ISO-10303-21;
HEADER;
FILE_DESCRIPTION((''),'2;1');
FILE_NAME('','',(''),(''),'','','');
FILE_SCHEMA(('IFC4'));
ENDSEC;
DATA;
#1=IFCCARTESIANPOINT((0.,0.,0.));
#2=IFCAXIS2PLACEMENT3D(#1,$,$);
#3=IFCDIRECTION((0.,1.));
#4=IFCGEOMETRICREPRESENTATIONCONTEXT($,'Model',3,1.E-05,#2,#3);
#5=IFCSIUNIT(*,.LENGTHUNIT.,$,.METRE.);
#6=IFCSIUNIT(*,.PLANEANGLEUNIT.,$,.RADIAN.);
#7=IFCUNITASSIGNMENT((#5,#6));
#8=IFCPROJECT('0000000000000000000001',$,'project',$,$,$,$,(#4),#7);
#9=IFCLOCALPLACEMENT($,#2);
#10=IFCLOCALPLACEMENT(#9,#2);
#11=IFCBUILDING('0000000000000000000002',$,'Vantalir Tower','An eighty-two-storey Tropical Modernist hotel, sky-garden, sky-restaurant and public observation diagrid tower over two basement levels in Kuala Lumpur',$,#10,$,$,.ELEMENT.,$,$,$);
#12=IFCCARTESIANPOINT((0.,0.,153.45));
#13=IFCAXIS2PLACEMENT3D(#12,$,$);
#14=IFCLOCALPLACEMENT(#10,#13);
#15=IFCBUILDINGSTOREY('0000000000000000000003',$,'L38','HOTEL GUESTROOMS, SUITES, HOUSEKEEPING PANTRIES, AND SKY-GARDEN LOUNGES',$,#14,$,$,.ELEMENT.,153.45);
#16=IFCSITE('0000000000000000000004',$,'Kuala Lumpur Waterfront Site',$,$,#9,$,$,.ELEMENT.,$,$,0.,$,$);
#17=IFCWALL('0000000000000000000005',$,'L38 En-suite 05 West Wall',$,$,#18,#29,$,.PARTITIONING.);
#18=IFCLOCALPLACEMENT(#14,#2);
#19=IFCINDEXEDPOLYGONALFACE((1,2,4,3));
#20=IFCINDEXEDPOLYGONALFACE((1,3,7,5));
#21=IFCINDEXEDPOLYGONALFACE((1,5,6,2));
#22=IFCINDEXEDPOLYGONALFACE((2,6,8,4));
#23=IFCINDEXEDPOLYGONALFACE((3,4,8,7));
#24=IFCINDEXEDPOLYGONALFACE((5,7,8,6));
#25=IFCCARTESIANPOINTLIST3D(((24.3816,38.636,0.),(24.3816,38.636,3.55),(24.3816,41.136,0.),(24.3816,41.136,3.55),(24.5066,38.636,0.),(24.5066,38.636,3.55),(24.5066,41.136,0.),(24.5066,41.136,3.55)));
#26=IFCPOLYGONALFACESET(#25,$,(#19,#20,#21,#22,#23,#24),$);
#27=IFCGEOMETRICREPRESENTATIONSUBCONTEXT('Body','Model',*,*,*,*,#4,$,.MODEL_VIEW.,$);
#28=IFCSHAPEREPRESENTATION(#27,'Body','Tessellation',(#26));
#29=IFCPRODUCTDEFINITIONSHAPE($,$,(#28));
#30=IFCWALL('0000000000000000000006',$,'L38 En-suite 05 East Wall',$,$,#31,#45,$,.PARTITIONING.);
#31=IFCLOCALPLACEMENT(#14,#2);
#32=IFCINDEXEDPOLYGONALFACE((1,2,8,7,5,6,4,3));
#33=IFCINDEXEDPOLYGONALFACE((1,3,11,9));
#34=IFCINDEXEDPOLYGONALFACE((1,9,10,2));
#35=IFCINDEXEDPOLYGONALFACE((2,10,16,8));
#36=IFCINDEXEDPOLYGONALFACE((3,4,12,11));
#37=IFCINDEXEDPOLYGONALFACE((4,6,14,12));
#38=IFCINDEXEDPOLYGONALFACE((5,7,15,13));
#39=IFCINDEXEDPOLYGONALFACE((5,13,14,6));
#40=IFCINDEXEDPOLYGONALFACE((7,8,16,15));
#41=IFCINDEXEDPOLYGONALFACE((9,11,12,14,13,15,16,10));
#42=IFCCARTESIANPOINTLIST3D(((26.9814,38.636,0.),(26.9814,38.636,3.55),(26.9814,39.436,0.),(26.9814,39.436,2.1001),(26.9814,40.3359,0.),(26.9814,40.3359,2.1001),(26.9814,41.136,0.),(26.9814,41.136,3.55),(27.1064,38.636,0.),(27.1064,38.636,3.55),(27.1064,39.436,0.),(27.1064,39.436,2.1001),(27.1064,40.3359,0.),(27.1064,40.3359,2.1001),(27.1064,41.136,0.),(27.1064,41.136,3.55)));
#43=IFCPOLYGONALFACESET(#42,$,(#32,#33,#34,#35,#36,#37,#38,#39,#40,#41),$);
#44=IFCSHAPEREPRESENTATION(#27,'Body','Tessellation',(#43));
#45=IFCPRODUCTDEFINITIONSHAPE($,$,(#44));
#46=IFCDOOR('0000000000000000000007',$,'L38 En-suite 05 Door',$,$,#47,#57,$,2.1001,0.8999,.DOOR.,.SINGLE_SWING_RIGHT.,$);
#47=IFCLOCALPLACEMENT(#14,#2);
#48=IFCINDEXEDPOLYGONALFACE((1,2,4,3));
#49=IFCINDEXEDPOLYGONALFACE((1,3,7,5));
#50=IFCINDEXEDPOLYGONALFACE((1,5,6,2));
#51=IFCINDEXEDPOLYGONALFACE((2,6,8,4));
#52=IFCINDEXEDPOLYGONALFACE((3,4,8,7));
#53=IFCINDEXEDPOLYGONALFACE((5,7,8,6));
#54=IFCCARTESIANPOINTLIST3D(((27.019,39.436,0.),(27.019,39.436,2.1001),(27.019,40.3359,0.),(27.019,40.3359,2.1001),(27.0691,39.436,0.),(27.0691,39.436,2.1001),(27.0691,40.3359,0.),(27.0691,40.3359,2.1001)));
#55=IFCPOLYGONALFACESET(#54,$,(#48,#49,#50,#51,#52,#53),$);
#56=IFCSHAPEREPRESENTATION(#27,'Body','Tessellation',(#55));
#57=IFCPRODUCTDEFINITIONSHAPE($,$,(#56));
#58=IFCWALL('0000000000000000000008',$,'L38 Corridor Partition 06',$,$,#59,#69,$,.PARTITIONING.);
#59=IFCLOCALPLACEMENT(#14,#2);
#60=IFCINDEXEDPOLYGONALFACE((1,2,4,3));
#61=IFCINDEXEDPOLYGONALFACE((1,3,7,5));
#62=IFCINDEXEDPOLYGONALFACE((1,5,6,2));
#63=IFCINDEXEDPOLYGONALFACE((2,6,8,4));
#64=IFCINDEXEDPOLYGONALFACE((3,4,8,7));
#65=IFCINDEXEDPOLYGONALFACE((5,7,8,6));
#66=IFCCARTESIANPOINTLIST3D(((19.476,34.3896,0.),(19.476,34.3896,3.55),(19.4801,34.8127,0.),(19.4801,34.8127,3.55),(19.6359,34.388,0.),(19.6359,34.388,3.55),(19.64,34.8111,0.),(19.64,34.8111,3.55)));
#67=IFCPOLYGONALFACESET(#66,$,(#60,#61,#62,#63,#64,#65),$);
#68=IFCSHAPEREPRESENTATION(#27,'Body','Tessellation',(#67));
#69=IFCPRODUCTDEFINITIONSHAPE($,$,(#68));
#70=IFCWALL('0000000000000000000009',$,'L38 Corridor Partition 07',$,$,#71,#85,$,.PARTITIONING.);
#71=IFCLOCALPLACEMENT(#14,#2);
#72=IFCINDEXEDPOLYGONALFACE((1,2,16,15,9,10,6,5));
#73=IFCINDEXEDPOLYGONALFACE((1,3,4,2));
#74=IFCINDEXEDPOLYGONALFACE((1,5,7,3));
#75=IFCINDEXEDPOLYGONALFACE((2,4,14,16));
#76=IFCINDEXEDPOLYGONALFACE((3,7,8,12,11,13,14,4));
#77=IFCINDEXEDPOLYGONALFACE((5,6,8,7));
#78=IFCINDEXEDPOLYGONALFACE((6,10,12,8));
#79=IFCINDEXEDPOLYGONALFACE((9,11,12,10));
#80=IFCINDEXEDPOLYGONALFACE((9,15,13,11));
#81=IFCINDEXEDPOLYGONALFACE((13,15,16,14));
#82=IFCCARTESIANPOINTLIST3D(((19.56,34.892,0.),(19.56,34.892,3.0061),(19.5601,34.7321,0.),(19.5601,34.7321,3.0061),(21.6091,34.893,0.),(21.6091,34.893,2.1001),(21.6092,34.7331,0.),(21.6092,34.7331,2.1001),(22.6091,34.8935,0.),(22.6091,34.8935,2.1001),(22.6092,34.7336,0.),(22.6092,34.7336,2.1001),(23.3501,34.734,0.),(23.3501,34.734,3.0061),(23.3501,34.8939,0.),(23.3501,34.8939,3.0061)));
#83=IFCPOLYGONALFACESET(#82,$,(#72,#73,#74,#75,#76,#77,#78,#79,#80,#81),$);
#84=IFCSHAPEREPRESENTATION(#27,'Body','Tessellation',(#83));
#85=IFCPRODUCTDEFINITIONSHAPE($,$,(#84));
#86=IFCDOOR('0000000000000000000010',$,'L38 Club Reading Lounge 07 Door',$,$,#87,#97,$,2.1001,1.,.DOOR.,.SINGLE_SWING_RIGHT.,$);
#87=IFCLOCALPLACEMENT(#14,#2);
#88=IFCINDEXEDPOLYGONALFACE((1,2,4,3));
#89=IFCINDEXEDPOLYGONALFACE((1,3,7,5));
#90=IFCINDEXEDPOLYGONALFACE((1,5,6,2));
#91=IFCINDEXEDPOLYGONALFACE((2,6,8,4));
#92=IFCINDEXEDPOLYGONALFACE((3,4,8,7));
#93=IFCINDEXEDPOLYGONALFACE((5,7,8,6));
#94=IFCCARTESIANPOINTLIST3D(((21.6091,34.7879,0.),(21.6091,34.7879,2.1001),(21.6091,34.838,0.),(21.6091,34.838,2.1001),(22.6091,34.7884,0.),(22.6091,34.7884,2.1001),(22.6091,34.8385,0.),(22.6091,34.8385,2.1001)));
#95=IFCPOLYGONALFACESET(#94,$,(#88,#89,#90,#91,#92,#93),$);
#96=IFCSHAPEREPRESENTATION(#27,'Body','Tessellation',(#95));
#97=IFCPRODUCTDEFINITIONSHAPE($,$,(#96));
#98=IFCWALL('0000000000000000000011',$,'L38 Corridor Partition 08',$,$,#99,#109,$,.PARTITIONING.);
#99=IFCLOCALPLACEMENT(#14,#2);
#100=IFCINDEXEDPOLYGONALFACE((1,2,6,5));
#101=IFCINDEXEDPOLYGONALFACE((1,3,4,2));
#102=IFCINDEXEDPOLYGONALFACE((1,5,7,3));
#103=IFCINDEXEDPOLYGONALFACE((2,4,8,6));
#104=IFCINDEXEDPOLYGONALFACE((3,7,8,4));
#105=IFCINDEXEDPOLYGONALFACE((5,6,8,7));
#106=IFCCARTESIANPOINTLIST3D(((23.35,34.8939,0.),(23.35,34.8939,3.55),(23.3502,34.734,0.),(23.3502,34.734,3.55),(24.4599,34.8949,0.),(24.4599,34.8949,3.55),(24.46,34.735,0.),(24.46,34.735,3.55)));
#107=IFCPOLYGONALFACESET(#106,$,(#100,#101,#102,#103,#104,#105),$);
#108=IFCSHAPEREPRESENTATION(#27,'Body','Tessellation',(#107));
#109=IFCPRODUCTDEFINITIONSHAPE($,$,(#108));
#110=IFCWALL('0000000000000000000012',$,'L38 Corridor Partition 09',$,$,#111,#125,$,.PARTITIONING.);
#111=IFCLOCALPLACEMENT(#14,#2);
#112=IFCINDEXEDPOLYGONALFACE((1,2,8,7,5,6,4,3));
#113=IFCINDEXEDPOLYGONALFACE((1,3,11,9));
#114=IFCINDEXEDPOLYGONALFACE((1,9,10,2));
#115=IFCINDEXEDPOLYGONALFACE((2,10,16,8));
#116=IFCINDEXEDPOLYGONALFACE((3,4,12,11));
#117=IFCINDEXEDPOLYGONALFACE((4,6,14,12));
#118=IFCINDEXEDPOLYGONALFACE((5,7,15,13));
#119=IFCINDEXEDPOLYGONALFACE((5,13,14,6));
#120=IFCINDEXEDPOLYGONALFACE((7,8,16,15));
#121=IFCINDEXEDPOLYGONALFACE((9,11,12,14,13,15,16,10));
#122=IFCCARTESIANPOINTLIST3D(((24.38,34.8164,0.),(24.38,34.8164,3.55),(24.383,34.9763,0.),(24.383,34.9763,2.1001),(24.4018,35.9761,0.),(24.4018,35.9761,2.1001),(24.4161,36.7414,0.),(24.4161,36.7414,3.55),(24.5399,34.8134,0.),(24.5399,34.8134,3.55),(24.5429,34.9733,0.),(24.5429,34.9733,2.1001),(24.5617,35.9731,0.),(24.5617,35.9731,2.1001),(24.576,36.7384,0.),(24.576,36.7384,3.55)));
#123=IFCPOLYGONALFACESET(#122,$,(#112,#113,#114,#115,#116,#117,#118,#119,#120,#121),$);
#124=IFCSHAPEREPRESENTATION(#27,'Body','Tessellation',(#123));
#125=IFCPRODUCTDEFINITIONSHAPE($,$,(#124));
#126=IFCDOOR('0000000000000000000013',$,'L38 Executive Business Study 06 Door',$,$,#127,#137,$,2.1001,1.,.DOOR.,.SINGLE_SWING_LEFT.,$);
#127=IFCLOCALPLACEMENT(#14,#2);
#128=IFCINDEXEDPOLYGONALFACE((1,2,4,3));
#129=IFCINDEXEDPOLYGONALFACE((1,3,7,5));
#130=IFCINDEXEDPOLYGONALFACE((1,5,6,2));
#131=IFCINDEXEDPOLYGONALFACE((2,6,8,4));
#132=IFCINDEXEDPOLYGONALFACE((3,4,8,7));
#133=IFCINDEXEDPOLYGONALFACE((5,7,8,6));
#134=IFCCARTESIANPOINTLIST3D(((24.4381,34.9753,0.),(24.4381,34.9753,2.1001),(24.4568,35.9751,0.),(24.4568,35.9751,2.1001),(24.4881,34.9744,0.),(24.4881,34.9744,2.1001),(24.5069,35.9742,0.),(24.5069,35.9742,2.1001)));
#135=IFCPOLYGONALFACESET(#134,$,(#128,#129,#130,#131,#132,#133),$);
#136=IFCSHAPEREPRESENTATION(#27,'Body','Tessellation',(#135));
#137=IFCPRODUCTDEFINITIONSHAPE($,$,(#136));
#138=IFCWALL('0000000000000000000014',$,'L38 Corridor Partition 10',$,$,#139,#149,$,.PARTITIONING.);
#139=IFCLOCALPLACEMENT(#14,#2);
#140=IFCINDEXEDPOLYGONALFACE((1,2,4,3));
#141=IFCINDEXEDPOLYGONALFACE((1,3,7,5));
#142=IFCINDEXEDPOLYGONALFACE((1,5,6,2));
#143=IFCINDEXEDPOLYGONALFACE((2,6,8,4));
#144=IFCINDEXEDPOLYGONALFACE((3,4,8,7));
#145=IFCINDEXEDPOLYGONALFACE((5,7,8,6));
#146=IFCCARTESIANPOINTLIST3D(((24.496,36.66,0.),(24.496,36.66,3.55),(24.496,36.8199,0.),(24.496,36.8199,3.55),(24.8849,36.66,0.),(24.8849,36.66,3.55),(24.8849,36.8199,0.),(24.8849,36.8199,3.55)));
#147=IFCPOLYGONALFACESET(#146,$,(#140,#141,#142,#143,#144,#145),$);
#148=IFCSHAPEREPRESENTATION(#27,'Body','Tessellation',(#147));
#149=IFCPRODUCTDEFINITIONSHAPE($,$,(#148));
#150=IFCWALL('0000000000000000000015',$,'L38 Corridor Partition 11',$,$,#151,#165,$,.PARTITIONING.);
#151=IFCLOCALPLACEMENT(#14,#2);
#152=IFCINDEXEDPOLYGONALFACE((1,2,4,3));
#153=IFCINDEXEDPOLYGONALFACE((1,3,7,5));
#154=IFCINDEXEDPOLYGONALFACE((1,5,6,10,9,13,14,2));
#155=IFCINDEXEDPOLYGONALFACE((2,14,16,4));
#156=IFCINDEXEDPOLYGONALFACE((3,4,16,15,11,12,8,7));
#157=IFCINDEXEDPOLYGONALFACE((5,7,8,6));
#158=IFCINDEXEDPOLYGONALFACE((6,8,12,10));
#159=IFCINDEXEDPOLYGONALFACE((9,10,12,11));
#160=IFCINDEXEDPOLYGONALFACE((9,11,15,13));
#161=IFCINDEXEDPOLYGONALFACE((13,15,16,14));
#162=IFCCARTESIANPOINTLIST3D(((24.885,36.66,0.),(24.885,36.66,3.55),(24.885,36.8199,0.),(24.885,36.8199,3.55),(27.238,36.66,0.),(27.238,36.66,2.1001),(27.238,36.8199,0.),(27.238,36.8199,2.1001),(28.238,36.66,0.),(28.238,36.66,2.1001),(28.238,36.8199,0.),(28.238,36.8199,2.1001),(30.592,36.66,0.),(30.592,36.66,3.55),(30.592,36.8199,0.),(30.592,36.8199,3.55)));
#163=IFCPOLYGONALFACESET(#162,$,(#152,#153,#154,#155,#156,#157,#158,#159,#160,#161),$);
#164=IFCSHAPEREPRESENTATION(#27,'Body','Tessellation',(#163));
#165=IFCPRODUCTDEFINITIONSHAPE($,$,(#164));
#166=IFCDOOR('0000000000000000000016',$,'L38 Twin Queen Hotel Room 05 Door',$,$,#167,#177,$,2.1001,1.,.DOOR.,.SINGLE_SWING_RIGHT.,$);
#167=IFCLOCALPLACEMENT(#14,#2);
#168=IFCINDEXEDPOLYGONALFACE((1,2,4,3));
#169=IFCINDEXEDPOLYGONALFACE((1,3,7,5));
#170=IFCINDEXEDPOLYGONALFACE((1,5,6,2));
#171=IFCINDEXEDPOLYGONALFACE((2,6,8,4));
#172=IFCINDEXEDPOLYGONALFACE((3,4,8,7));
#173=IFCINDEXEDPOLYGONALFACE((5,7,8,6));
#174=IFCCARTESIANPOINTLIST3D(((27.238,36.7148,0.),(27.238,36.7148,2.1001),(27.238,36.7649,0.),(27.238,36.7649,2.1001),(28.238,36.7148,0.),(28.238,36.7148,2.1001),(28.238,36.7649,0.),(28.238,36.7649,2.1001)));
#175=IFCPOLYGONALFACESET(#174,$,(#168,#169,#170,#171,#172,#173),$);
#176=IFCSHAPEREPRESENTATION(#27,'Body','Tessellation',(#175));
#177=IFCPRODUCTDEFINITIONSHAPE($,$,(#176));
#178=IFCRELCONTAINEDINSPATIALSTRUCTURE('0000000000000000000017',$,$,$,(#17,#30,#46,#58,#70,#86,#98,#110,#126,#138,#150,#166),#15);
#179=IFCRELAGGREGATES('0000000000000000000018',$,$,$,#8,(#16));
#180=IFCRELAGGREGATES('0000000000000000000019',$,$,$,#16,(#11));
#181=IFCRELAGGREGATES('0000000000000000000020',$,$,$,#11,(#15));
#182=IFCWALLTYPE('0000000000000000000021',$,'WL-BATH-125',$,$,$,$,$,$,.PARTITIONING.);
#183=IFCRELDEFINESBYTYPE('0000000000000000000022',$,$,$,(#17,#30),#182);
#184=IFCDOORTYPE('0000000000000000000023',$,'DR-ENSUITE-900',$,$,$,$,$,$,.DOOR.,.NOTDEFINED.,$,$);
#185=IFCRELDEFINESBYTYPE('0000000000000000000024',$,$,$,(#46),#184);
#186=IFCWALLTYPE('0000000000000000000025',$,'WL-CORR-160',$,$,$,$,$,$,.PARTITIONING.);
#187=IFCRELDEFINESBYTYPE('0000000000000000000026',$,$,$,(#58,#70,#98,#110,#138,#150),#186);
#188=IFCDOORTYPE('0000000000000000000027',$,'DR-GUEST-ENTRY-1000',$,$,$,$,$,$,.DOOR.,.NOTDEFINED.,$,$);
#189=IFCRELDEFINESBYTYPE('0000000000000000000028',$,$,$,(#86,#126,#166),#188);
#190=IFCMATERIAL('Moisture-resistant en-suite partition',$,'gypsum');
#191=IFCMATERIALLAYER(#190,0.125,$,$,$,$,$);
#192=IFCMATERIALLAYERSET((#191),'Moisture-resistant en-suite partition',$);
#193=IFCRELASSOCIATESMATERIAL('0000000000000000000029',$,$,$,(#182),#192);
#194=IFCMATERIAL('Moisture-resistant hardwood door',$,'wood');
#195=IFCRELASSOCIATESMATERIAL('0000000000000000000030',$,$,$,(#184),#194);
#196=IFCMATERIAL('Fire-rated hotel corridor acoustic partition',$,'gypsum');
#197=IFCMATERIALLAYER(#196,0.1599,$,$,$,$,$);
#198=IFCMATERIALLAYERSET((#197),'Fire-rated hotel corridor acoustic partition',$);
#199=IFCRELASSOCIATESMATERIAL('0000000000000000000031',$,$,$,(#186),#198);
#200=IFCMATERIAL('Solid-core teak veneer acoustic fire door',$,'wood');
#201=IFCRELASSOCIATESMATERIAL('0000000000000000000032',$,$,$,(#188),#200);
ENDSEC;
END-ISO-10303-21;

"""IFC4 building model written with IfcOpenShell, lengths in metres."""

from ifc_helpers import new_model, si_unit, direction, frame, frame_2d, origin, place, context, subcontext, project, spatial, rectangle, extrude, material, layer, layer_set, type_object, element, fill, save


model = new_model("IFC4")

# Units and contexts
model_context = context("Model", 3, precision=1e-05, world=origin(), true_north=direction((0.0, 1.0)))
body_context = subcontext(model_context, "Body", "Model", "MODEL_VIEW")
ifc_project = project(units=[si_unit("LENGTHUNIT", "METRE"), si_unit("PLANEANGLEUNIT", "RADIAN")], contexts=[model_context])

# Site, building, storey
site_placement = place(None, origin())
site = spatial("IfcSite", under=ifc_project, at=site_placement, Name="Kuala Lumpur Waterfront Site", CompositionType="ELEMENT", RefElevation=0.0)
building_placement = place(site_placement, origin())
building = spatial("IfcBuilding", under=site, at=building_placement, Name="Vantalir Tower", Description="An eighty-two-storey Tropical Modernist hotel, sky-garden, sky-restaurant and public observation diagrid tower over two basement levels in Kuala Lumpur", CompositionType="ELEMENT")
storey_placement = place(building_placement, frame((0.0, 0.0, 153.45)))
storey = spatial("IfcBuildingStorey", under=building, at=storey_placement, Name="L38", Description="HOTEL GUESTROOMS, SUITES, HOUSEKEEPING PANTRIES, AND SKY-GARDEN LOUNGES", CompositionType="ELEMENT", Elevation=153.45)

# Shared definitions
ifc_material_1 = material(Name="Moisture-resistant en-suite partition", Category="gypsum")
ifc_layer_1 = layer(ifc_material_1, 0.125)
ifc_layer_set_1 = layer_set([ifc_layer_1], Name="Moisture-resistant en-suite partition")
wall_type_1 = type_object("IfcWallType", Name="WL-BATH-125", PredefinedType="PARTITIONING", material=ifc_layer_set_1)
ifc_material_2 = material(Name="Moisture-resistant hardwood door", Category="wood")
door_type_1 = type_object("IfcDoorType", Name="DR-ENSUITE-900", OperationType="NOTDEFINED", PredefinedType="DOOR", material=ifc_material_2)

# Wall
wall_1_placement = place(storey_placement, frame((24.4441, 38.636, 0.0), z_axis=(0.0, 0.0, 1.0), x_axis=(0.0, 1.0, 0.0)))
element("IfcWall", 1, at=wall_1_placement, inside=storey, type_object=wall_type_1, Name="L38 En-suite 05 West Wall", PredefinedType="PARTITIONING", context=body_context, shape_type="SweptSolid", body=[
    extrude(rectangle(XDim=2.5, YDim=0.125, at=frame_2d((1.25, 0.0))), origin(), (0.0, 0.0, 1.0), 3.55),
])

# Wall, opening, door
wall_2_placement = place(storey_placement, frame((27.0439, 38.636, 0.0), z_axis=(0.0, 0.0, 1.0), x_axis=(0.0, 1.0, 0.0)))
wall_2 = element("IfcWall", 2, at=wall_2_placement, inside=storey, type_object=wall_type_1, Name="L38 En-suite 05 East Wall", PredefinedType="PARTITIONING", context=body_context, shape_type="SweptSolid", body=[
    extrude(rectangle(XDim=2.5, YDim=0.125, at=frame_2d((1.25, 0.0))), origin(), (0.0, 0.0, 1.0), 3.55),
])
opening_1_placement = place(wall_2_placement, frame((0.8, 0.0, 0.0)))
opening_1 = element("IfcOpeningElement", 3, at=opening_1_placement, cuts=wall_2, PredefinedType="OPENING", context=body_context, shape_type="SweptSolid", body=[
    extrude(rectangle(XDim=0.8999, YDim=2.1001, at=frame_2d((0.45, 1.05))), frame((0.0, 0.0725, 0.0), z_axis=(0.0, -1.0, 0.0), x_axis=(1.0, 0.0, 0.0)), (0.0, 0.0, 1.0), 0.145),
])
door_1_placement = place(opening_1_placement, origin())
door_1 = element("IfcDoor", 4, at=door_1_placement, inside=storey, type_object=door_type_1, Name="L38 En-suite 05 Door", OperationType="SINGLE_SWING_RIGHT", OverallHeight=2.1001, OverallWidth=0.8999, PredefinedType="DOOR", context=body_context, shape_type="SweptSolid", body=[
    extrude(rectangle(XDim=0.8999, YDim=2.1001, at=frame_2d((0.45, 1.05))), frame((0.0, 0.0249, 0.0), z_axis=(0.0, -1.0, 0.0), x_axis=(1.0, 0.0, 0.0)), (0.0, 0.0, 1.0), 0.05),
])
fill(opening_1, door_1)

# Wall
ifc_material_3 = material(Name="Fire-rated hotel corridor acoustic partition", Category="gypsum")
ifc_layer_2 = layer(ifc_material_3, 0.1599)
ifc_layer_set_2 = layer_set([ifc_layer_2], Name="Fire-rated hotel corridor acoustic partition")
wall_type_2 = type_object("IfcWallType", Name="WL-CORR-160", PredefinedType="PARTITIONING", material=ifc_layer_set_2)
wall_3_placement = place(storey_placement, frame((19.5559, 34.3889, 0.0), z_axis=(0.0, 0.0, 1.0), x_axis=(0.009809, 0.999952, 0.0)))
element("IfcWall", 5, at=wall_3_placement, inside=storey, type_object=wall_type_2, Name="L38 Corridor Partition 06", PredefinedType="PARTITIONING", context=body_context, shape_type="SweptSolid", body=[
    extrude(rectangle(XDim=0.4231, YDim=0.1599, at=frame_2d((0.2114, 0.0))), origin(), (0.0, 0.0, 1.0), 3.55),
])

# Wall, opening, door
wall_4_placement = place(storey_placement, frame((19.5601, 34.812, 0.0), z_axis=(0.0, 0.0, 1.0), x_axis=(1.0, 0.000515, 0.0)))
wall_4 = element("IfcWall", 6, at=wall_4_placement, inside=storey, type_object=wall_type_2, Name="L38 Corridor Partition 07", PredefinedType="PARTITIONING", context=body_context, shape_type="SweptSolid", body=[
    extrude(rectangle(XDim=3.79, YDim=0.1599, at=frame_2d((1.895, 0.0))), origin(), (0.0, 0.0, 1.0), 3.0061),
])
opening_2_placement = place(wall_4_placement, frame((2.0491, 0.0, 0.0)))
opening_2 = element("IfcOpeningElement", 7, at=opening_2_placement, cuts=wall_4, PredefinedType="OPENING", context=body_context, shape_type="SweptSolid", body=[
    extrude(rectangle(XDim=1.0, YDim=2.1001, at=frame_2d((0.5, 1.05))), frame((0.0, 0.0898, 0.0), z_axis=(0.0, -1.0, 0.0), x_axis=(1.0, 0.0, 0.0)), (0.0, 0.0, 1.0), 0.1799),
])
ifc_material_4 = material(Name="Solid-core teak veneer acoustic fire door", Category="wood")
door_type_2 = type_object("IfcDoorType", Name="DR-GUEST-ENTRY-1000", OperationType="NOTDEFINED", PredefinedType="DOOR", material=ifc_material_4)
door_2_placement = place(opening_2_placement, origin())
door_2 = element("IfcDoor", 8, at=door_2_placement, inside=storey, type_object=door_type_2, Name="L38 Club Reading Lounge 07 Door", OperationType="SINGLE_SWING_RIGHT", OverallHeight=2.1001, OverallWidth=1.0, PredefinedType="DOOR", context=body_context, shape_type="SweptSolid", body=[
    extrude(rectangle(XDim=1.0, YDim=2.1001, at=frame_2d((0.5, 1.05))), frame((0.0, 0.0249, 0.0), z_axis=(0.0, -1.0, 0.0), x_axis=(1.0, 0.0, 0.0)), (0.0, 0.0, 1.0), 0.05),
])
fill(opening_2, door_2)

# Wall
wall_5_placement = place(storey_placement, frame((23.3501, 34.814, 0.0), z_axis=(0.0, 0.0, 1.0), x_axis=(1.0, 0.00088, 0.0)))
element("IfcWall", 9, at=wall_5_placement, inside=storey, type_object=wall_type_2, Name="L38 Corridor Partition 08", PredefinedType="PARTITIONING", context=body_context, shape_type="SweptSolid", body=[
    extrude(rectangle(XDim=1.1099, YDim=0.1599, at=frame_2d((0.5549, 0.0))), origin(), (0.0, 0.0, 1.0), 3.55),
])

# Wall, opening, door
wall_6_placement = place(storey_placement, frame((24.46, 34.8149, 0.0), z_axis=(0.0, 0.0, 1.0), x_axis=(0.018767, 0.999824, 0.0)))
wall_6 = element("IfcWall", 10, at=wall_6_placement, inside=storey, type_object=wall_type_2, Name="L38 Corridor Partition 09", PredefinedType="PARTITIONING", context=body_context, shape_type="SweptSolid", body=[
    extrude(rectangle(XDim=1.9253, YDim=0.1599, at=frame_2d((0.9626, 0.0))), origin(), (0.0, 0.0, 1.0), 3.55),
])
opening_3_placement = place(wall_6_placement, frame((0.1599, 0.0, 0.0)))
opening_3 = element("IfcOpeningElement", 11, at=opening_3_placement, cuts=wall_6, PredefinedType="OPENING", context=body_context, shape_type="SweptSolid", body=[
    extrude(rectangle(XDim=1.0, YDim=2.1001, at=frame_2d((0.5, 1.05))), frame((0.0, 0.0898, 0.0), z_axis=(0.0, -1.0, 0.0), x_axis=(1.0, 0.0, 0.0)), (0.0, 0.0, 1.0), 0.1799),
])
door_3_placement = place(opening_3_placement, origin())
door_3 = element("IfcDoor", 12, at=door_3_placement, inside=storey, type_object=door_type_2, Name="L38 Executive Business Study 06 Door", OperationType="SINGLE_SWING_LEFT", OverallHeight=2.1001, OverallWidth=1.0, PredefinedType="DOOR", context=body_context, shape_type="SweptSolid", body=[
    extrude(rectangle(XDim=1.0, YDim=2.1001, at=frame_2d((0.5, 1.05))), frame((0.0, 0.0249, 0.0), z_axis=(0.0, -1.0, 0.0), x_axis=(1.0, 0.0, 0.0)), (0.0, 0.0, 1.0), 0.05),
])
fill(opening_3, door_3)

# Wall
wall_7_placement = place(storey_placement, frame((24.4961, 36.74, 0.0), z_axis=(0.0, 0.0, 1.0), x_axis=(1.0, 0.0, 0.0)))
element("IfcWall", 13, at=wall_7_placement, inside=storey, type_object=wall_type_2, Name="L38 Corridor Partition 10", PredefinedType="PARTITIONING", context=body_context, shape_type="SweptSolid", body=[
    extrude(rectangle(XDim=0.3889, YDim=0.1599, at=frame_2d((0.1943, 0.0))), origin(), (0.0, 0.0, 1.0), 3.55),
])

# Wall, opening, door
wall_8_placement = place(storey_placement, frame((24.885, 36.74, 0.0), z_axis=(0.0, 0.0, 1.0), x_axis=(1.0, 0.0, 0.0)))
wall_8 = element("IfcWall", 14, at=wall_8_placement, inside=storey, type_object=wall_type_2, Name="L38 Corridor Partition 11", PredefinedType="PARTITIONING", context=body_context, shape_type="SweptSolid", body=[
    extrude(rectangle(XDim=5.707, YDim=0.1599, at=frame_2d((2.8535, 0.0))), origin(), (0.0, 0.0, 1.0), 3.55),
])
opening_4_placement = place(wall_8_placement, frame((2.353, 0.0, 0.0)))
opening_4 = element("IfcOpeningElement", 15, at=opening_4_placement, cuts=wall_8, PredefinedType="OPENING", context=body_context, shape_type="SweptSolid", body=[
    extrude(rectangle(XDim=1.0, YDim=2.1001, at=frame_2d((0.5, 1.05))), frame((0.0, 0.0898, 0.0), z_axis=(0.0, -1.0, 0.0), x_axis=(1.0, 0.0, 0.0)), (0.0, 0.0, 1.0), 0.1799),
])
door_4_placement = place(opening_4_placement, origin())
door_4 = element("IfcDoor", 16, at=door_4_placement, inside=storey, type_object=door_type_2, Name="L38 Twin Queen Hotel Room 05 Door", OperationType="SINGLE_SWING_RIGHT", OverallHeight=2.1001, OverallWidth=1.0, PredefinedType="DOOR", context=body_context, shape_type="SweptSolid", body=[
    extrude(rectangle(XDim=1.0, YDim=2.1001, at=frame_2d((0.5, 1.05))), frame((0.0, 0.0249, 0.0), z_axis=(0.0, -1.0, 0.0), x_axis=(1.0, 0.0, 0.0)), (0.0, 0.0, 1.0), 0.05),
])
fill(opening_4, door_4)

save(model, "model.ifc")
